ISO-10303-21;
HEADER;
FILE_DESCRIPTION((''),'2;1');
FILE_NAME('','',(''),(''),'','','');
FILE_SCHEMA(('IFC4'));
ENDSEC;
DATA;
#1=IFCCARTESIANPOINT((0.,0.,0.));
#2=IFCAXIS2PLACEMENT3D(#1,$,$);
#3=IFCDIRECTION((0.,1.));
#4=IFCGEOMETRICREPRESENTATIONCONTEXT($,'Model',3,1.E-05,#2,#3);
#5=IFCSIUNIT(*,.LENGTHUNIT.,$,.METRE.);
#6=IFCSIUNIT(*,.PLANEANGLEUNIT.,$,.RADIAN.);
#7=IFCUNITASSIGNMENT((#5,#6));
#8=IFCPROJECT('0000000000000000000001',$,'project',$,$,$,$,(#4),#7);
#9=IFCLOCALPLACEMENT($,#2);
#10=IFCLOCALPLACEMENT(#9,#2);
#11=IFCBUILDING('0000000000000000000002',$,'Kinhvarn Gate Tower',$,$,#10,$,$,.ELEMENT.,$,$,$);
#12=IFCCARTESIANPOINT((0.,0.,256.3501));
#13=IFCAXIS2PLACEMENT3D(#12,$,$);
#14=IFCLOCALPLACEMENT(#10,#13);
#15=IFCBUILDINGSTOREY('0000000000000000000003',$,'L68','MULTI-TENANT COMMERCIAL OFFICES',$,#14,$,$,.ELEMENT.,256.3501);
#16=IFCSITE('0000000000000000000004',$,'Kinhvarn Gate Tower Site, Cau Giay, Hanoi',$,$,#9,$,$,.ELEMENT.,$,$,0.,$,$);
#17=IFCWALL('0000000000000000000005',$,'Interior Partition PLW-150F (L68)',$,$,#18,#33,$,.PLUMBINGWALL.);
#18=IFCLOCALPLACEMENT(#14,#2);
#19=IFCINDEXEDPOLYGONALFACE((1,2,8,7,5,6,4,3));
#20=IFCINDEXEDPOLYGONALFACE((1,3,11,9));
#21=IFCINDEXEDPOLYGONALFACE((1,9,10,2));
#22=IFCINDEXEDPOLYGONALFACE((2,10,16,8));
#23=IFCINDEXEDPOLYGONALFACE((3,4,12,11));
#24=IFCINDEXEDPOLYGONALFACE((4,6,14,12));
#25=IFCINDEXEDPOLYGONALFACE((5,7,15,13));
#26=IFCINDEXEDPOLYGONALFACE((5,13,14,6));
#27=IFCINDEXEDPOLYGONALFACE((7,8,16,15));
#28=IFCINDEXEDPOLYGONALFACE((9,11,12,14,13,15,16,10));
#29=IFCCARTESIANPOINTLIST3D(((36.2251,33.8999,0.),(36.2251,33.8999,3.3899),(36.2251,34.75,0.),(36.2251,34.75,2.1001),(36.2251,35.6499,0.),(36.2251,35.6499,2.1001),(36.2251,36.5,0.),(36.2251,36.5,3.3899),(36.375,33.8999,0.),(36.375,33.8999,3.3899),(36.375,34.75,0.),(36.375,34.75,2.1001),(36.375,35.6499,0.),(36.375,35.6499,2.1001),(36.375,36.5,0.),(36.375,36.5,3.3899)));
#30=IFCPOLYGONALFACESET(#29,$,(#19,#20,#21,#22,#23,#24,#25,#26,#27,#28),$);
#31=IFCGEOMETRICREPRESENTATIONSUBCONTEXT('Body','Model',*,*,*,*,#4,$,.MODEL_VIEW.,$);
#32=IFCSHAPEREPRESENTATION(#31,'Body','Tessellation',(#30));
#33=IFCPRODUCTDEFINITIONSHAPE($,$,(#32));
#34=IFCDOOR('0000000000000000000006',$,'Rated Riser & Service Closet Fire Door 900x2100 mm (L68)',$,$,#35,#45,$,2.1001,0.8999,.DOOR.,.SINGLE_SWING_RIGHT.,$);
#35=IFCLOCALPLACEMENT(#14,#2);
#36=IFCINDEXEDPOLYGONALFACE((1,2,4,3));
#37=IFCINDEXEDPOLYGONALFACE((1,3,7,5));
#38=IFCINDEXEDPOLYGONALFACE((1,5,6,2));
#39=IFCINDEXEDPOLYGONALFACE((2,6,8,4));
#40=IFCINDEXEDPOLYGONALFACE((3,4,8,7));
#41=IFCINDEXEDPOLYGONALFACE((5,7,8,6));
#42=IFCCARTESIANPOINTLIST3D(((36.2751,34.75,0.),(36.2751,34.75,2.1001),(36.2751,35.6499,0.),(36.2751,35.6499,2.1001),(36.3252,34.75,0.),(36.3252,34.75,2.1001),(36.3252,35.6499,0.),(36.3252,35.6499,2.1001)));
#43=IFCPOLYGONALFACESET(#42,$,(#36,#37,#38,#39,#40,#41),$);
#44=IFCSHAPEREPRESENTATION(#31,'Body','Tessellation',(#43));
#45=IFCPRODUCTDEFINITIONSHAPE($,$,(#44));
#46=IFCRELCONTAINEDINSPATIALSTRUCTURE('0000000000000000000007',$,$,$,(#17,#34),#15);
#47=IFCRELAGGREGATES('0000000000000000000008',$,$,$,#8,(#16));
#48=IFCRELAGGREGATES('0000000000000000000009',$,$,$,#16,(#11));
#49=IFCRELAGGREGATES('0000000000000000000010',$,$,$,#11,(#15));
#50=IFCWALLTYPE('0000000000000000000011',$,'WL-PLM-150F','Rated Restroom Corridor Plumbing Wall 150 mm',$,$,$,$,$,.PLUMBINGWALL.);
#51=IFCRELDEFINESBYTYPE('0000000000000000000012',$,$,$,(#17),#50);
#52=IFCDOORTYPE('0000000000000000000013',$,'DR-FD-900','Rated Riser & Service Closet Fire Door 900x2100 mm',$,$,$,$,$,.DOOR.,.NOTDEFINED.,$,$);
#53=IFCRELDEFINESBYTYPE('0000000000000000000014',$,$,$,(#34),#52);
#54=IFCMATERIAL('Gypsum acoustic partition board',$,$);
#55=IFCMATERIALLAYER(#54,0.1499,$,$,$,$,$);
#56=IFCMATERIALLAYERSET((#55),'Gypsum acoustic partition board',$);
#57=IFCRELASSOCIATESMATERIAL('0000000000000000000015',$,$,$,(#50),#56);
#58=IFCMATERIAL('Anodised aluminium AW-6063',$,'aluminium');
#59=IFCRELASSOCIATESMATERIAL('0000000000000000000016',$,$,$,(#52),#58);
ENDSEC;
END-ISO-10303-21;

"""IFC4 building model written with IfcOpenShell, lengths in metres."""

from ifc_helpers import new_model, si_unit, direction, frame, frame_2d, origin, place, context, subcontext, project, spatial, rectangle, extrude, material, layer, layer_set, type_object, element, fill, save


model = new_model("IFC4")

# Units and contexts
model_context = context("Model", 3, precision=1e-05, world=origin(), true_north=direction((0.0, 1.0)))
body_context = subcontext(model_context, "Body", "Model", "MODEL_VIEW")
ifc_project = project(units=[si_unit("LENGTHUNIT", "METRE"), si_unit("PLANEANGLEUNIT", "RADIAN")], contexts=[model_context])

# Site, building, storey
site_placement = place(None, origin())
site = spatial("IfcSite", under=ifc_project, at=site_placement, Name="Kinhvarn Gate Tower Site, Cau Giay, Hanoi", CompositionType="ELEMENT", RefElevation=0.0)
building_placement = place(site_placement, origin())
building = spatial("IfcBuilding", under=site, at=building_placement, Name="Kinhvarn Gate Tower", CompositionType="ELEMENT")
storey_placement = place(building_placement, frame((0.0, 0.0, 256.3501)))
storey = spatial("IfcBuildingStorey", under=building, at=storey_placement, Name="L68", Description="MULTI-TENANT COMMERCIAL OFFICES", CompositionType="ELEMENT", Elevation=256.3501)

# Shared definitions
ifc_material_1 = material(Name="Anodised aluminium AW-6063", Category="aluminium")

# Shared definitions
ifc_material_2 = material(Name="Gypsum acoustic partition board")

# Wall, opening, door
ifc_layer_1 = layer(ifc_material_2, 0.1499)
ifc_layer_set_1 = layer_set([ifc_layer_1], Name="Gypsum acoustic partition board")
wall_type_1 = type_object("IfcWallType", Name="WL-PLM-150F", Description="Rated Restroom Corridor Plumbing Wall 150 mm", PredefinedType="PLUMBINGWALL", material=ifc_layer_set_1)
wall_1_placement = place(storey_placement, frame((36.3, 33.8999, 0.0), z_axis=(0.0, 0.0, 1.0), x_axis=(0.0, 1.0, 0.0)))
wall_1 = element("IfcWall", 1, at=wall_1_placement, inside=storey, type_object=wall_type_1, Name="Interior Partition PLW-150F (L68)", PredefinedType="PLUMBINGWALL", context=body_context, shape_type="SweptSolid", body=[
    extrude(rectangle(XDim=2.6001, YDim=0.1499, at=frame_2d((1.3, 0.0))), origin(), (0.0, 0.0, 1.0), 3.3899),
])
opening_placement = place(wall_1_placement, frame((0.8501, 0.0, 0.0)))
opening = element("IfcOpeningElement", 2, at=opening_placement, cuts=wall_1, PredefinedType="OPENING", context=body_context, shape_type="SweptSolid", body=[
    extrude(rectangle(XDim=0.8999, YDim=2.1001, at=frame_2d((0.45, 1.05))), frame((0.0, 0.085, 0.0), z_axis=(0.0, -1.0, 0.0), x_axis=(1.0, 0.0, 0.0)), (0.0, 0.0, 1.0), 0.1699),
])
door_type = type_object("IfcDoorType", Name="DR-FD-900", Description="Rated Riser & Service Closet Fire Door 900x2100 mm", OperationType="NOTDEFINED", PredefinedType="DOOR", material=ifc_material_1)
door_placement = place(opening_placement, origin())
door = element("IfcDoor", 3, at=door_placement, inside=storey, type_object=door_type, Name="Rated Riser & Service Closet Fire Door 900x2100 mm (L68)", OperationType="SINGLE_SWING_RIGHT", OverallHeight=2.1001, OverallWidth=0.8999, PredefinedType="DOOR", context=body_context, shape_type="SweptSolid", body=[
    extrude(rectangle(XDim=0.8999, YDim=2.1001, at=frame_2d((0.45, 1.05))), frame((0.0, 0.0249, 0.0), z_axis=(0.0, -1.0, 0.0), x_axis=(1.0, 0.0, 0.0)), (0.0, 0.0, 1.0), 0.05),
])
fill(opening, door)

save(model, "model.ifc")
